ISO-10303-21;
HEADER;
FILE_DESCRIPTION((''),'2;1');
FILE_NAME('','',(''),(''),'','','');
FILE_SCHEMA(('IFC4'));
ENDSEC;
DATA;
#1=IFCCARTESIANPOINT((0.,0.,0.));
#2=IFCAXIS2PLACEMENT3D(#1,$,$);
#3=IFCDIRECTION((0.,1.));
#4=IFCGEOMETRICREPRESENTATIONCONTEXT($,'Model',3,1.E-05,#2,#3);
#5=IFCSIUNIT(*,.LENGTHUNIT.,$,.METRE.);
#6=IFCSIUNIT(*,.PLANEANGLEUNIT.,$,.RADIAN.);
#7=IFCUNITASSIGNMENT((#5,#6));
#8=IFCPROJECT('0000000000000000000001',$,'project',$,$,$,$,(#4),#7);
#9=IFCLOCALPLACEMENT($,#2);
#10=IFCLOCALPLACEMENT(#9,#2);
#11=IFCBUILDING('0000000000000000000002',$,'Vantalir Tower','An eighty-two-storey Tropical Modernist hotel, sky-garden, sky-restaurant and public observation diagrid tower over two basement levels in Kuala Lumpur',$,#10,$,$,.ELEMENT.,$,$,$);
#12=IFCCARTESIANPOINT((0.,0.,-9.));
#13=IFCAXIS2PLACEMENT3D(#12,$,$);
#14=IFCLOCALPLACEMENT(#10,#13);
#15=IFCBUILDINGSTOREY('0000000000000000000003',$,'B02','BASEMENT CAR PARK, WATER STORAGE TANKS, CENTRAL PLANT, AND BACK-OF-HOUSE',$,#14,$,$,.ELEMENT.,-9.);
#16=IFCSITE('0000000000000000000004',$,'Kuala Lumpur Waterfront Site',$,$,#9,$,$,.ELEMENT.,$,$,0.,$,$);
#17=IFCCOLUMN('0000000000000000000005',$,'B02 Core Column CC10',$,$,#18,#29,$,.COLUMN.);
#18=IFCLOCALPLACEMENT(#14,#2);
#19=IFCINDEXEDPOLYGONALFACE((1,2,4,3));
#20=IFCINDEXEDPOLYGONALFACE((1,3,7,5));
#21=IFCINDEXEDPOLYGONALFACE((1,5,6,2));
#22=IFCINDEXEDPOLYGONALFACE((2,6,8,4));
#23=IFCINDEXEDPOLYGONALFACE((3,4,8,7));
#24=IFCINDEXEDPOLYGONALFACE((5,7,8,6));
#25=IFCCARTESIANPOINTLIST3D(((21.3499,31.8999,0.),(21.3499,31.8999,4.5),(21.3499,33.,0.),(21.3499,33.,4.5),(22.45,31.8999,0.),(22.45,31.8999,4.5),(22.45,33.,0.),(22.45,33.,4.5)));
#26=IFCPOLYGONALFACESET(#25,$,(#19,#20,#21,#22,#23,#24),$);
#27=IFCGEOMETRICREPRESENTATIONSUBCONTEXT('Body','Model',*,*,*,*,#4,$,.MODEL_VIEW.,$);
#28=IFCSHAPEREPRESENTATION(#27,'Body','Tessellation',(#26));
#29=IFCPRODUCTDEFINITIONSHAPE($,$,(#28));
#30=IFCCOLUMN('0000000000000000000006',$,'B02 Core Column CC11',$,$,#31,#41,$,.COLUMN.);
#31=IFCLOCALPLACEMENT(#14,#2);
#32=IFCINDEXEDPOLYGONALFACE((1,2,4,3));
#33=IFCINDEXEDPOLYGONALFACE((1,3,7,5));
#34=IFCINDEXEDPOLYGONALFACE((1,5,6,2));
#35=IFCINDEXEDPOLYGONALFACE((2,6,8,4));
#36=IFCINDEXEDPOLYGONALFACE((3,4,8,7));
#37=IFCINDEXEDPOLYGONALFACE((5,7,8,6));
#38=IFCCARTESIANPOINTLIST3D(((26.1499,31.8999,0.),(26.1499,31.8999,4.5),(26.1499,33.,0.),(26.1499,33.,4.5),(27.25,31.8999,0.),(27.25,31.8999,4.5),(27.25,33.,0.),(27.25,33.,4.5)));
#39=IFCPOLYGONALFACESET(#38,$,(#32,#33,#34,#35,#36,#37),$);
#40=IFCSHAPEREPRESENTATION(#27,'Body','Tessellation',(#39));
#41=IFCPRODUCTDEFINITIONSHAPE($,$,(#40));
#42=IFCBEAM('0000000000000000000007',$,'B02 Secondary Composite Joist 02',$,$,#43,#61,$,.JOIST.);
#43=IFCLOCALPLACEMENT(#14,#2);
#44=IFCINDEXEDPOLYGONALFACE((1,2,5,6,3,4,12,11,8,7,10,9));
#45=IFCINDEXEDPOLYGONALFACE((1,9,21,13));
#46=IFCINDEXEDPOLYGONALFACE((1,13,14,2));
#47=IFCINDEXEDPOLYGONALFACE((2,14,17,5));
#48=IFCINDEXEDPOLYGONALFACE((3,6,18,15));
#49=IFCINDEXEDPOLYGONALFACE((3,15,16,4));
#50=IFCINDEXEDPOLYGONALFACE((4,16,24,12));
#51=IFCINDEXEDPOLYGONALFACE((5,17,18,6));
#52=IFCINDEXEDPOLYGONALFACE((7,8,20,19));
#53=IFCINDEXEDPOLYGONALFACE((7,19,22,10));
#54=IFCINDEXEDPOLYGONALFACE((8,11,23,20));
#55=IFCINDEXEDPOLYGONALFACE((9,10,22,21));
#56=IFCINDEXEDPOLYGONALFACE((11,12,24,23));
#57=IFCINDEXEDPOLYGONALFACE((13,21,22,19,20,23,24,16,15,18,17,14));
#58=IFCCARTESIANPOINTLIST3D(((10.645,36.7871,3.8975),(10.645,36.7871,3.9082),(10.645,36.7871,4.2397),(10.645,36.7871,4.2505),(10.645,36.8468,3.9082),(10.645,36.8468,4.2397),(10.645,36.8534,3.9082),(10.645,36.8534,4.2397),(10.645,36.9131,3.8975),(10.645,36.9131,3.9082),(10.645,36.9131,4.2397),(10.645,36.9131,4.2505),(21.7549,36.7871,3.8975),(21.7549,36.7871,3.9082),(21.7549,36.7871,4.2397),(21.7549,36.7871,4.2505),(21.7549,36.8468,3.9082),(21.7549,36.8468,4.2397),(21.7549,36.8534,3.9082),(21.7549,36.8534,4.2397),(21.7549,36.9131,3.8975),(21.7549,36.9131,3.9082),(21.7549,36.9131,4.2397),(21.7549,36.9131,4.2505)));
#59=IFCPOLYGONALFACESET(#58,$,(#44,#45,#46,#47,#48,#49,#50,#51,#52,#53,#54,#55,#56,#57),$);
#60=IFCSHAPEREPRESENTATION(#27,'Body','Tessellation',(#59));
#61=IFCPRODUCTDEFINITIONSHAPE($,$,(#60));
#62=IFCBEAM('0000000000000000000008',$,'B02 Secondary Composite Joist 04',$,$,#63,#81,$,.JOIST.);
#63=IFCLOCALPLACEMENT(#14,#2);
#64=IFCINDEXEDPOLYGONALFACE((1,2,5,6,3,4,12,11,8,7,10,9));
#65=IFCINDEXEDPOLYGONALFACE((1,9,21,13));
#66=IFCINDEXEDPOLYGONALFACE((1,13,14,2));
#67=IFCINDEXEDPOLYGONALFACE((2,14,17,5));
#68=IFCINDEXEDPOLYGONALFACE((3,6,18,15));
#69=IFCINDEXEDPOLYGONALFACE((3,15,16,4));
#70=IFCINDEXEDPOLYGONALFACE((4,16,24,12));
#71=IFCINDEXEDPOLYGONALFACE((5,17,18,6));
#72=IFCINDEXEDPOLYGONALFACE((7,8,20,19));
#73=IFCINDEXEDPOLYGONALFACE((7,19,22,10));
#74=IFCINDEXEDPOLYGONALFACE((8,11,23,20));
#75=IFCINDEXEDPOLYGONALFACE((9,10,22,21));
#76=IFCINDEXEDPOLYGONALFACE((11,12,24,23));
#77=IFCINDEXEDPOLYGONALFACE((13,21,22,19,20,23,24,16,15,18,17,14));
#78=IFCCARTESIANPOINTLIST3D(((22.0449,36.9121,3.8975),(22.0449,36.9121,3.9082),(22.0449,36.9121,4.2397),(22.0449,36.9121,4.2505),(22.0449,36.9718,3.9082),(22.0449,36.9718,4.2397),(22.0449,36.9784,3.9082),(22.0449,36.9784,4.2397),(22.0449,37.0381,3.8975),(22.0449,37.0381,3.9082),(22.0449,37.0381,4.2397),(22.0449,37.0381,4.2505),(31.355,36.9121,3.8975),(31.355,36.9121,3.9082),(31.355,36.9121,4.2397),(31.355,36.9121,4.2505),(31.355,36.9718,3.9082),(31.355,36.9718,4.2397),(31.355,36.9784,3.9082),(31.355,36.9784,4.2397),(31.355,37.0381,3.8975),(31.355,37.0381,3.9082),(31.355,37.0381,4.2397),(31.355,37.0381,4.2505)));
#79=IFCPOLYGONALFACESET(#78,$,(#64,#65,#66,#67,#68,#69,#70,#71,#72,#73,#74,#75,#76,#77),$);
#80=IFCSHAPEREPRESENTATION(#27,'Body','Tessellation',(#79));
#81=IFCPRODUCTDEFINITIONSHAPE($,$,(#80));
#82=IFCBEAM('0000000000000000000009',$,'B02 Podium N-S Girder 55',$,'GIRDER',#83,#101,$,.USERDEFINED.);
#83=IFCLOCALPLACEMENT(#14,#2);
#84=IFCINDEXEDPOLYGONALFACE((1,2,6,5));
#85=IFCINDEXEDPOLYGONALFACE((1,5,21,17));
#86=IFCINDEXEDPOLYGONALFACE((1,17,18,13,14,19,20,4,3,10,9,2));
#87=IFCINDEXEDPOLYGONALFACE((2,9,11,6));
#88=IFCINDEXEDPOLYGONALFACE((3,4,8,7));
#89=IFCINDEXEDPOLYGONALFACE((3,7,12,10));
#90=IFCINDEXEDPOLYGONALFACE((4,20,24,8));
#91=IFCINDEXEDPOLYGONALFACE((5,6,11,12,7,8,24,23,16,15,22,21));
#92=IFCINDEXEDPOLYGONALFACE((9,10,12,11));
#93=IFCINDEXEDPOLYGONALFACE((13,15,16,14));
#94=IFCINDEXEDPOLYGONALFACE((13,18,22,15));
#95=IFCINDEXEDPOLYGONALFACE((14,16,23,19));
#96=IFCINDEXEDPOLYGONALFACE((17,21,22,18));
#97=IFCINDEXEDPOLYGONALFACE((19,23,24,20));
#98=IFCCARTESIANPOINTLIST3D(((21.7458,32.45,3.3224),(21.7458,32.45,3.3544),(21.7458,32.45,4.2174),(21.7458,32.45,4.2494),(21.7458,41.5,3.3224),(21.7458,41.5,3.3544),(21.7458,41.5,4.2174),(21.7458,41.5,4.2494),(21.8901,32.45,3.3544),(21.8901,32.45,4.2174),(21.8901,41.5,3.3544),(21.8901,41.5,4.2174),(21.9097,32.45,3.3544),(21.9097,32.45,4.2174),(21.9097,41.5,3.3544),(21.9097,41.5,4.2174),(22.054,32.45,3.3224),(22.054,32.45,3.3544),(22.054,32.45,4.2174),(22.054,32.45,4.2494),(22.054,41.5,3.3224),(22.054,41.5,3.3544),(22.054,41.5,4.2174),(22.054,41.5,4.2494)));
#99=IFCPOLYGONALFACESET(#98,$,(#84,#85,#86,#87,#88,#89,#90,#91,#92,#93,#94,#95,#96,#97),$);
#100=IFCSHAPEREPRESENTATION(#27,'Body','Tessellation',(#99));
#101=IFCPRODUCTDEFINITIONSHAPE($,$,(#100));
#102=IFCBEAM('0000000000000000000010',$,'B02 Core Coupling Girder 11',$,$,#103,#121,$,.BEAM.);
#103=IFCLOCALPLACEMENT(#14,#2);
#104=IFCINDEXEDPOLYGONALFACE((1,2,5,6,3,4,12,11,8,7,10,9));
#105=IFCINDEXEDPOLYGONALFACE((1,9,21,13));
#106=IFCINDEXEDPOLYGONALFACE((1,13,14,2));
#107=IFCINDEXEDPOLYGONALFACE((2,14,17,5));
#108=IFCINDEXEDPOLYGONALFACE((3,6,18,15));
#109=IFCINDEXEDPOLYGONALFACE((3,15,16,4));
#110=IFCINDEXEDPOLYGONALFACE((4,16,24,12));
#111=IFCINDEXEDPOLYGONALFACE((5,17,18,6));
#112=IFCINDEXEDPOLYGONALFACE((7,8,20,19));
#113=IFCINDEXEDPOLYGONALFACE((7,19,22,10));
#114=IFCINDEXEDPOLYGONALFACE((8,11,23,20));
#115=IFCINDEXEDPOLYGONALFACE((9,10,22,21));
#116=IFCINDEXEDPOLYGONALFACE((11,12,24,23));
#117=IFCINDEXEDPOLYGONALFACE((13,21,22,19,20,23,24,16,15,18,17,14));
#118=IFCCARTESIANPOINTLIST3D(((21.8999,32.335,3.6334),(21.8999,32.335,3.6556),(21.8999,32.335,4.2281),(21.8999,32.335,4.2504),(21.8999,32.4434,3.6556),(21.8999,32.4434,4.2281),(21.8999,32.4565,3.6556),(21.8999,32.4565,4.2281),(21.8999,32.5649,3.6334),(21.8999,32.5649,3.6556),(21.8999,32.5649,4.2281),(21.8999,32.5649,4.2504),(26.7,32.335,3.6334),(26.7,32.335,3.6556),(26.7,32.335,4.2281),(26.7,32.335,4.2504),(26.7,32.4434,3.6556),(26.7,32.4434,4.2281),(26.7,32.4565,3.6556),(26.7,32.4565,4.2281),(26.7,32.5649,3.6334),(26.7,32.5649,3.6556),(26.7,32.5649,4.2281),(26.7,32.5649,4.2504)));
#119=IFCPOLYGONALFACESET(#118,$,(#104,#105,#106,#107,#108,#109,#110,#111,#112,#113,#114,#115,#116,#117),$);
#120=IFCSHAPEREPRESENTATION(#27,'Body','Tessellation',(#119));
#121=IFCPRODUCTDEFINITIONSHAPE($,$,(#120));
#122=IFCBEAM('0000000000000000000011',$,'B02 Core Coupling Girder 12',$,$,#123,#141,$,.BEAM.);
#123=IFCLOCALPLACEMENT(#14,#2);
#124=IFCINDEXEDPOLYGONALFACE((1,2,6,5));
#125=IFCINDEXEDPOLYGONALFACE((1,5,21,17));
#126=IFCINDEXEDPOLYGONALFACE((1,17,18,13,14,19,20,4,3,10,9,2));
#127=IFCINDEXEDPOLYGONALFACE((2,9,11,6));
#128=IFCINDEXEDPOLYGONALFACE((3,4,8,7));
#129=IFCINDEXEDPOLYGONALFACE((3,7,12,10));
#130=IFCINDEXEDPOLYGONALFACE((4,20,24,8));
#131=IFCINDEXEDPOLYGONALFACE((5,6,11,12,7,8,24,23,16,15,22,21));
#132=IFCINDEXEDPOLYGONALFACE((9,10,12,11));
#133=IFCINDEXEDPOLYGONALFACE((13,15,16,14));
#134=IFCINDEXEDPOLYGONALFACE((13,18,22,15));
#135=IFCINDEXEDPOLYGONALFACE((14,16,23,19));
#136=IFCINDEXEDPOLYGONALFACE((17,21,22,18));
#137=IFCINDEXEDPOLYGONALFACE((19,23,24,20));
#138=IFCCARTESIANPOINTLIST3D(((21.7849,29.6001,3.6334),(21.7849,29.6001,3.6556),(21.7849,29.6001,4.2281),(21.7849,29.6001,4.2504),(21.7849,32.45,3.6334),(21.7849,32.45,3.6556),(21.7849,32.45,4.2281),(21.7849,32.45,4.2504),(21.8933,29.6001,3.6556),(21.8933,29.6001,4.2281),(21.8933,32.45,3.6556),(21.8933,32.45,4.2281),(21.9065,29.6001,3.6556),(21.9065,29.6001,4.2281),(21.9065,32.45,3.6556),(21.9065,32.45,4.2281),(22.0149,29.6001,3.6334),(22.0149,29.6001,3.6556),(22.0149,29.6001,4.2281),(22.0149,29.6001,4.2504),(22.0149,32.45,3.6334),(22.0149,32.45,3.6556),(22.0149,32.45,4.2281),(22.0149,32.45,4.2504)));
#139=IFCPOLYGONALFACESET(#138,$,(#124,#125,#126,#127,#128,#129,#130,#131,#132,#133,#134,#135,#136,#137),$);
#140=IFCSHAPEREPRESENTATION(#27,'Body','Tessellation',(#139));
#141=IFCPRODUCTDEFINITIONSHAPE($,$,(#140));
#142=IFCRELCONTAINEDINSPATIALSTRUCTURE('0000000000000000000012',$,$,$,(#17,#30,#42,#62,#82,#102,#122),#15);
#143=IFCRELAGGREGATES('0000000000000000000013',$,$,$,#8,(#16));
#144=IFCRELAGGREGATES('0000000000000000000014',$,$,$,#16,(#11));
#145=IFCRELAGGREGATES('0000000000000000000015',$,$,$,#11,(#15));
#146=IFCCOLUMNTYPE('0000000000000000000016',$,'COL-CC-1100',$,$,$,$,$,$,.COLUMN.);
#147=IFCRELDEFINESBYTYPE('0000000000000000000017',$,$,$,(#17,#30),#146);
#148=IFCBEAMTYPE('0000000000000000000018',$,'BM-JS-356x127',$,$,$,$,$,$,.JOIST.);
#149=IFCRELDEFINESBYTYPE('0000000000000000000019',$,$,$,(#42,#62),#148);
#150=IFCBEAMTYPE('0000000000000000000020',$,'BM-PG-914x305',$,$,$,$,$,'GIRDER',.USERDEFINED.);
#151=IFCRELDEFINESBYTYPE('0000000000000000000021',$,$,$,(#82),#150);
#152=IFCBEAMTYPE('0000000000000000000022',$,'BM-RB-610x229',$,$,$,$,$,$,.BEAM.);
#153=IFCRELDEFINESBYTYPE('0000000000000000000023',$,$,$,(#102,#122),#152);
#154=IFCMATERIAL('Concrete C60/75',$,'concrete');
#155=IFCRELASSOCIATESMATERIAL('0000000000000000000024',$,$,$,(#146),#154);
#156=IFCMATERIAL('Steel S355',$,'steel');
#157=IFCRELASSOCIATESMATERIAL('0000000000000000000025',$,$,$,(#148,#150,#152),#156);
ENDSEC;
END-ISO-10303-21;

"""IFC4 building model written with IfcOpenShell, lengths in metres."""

from ifc_helpers import new_model, si_unit, direction, frame, origin, origin_2d, place, context, subcontext, project, spatial, rectangle, i_section, extrude, material, material_profile, profile_set, type_object, element, save


model = new_model("IFC4")

# Units and contexts
model_context = context("Model", 3, precision=1e-05, world=origin(), true_north=direction((0.0, 1.0)))
body_context = subcontext(model_context, "Body", "Model", "MODEL_VIEW")
ifc_project = project(units=[si_unit("LENGTHUNIT", "METRE"), si_unit("PLANEANGLEUNIT", "RADIAN")], contexts=[model_context])

# Site, building, storey
site_placement = place(None, origin())
site = spatial("IfcSite", under=ifc_project, at=site_placement, Name="Kuala Lumpur Waterfront Site", CompositionType="ELEMENT", RefElevation=0.0)
building_placement = place(site_placement, origin())
building = spatial("IfcBuilding", under=site, at=building_placement, Name="Vantalir Tower", Description="An eighty-two-storey Tropical Modernist hotel, sky-garden, sky-restaurant and public observation diagrid tower over two basement levels in Kuala Lumpur", CompositionType="ELEMENT")
storey_placement = place(building_placement, frame((0.0, 0.0, -9.0)))
storey = spatial("IfcBuildingStorey", under=building, at=storey_placement, Name="B02", Description="BASEMENT CAR PARK, WATER STORAGE TANKS, CENTRAL PLANT, AND BACK-OF-HOUSE", CompositionType="ELEMENT", Elevation=-9.0)

# Columns
ifc_material_1 = material(Name="Concrete C60/75", Category="concrete")
ifc_material_profile_1 = material_profile(ifc_material_1, rectangle(XDim=1.1001, YDim=1.1001, at=origin_2d()), Name="Concrete C60/75")
ifc_profile_set_1 = profile_set([ifc_material_profile_1], Name="Concrete C60/75")
column_type = type_object("IfcColumnType", Name="COL-CC-1100", PredefinedType="COLUMN", material=ifc_profile_set_1)
for number, where, z_axis, x_axis, name in (
    (1, (21.8999, 32.45, 0.0), (0.0, 0.0, 1.0), (1.0, 0.0, 0.0), "B02 Core Column CC10"),
    (2, (26.7, 32.45, 0.0), (0.0, 0.0, 1.0), (1.0, 0.0, 0.0), "B02 Core Column CC11"),
):
    element("IfcColumn", number, at=place(storey_placement, frame(where, z_axis=z_axis, x_axis=x_axis)), inside=storey, type_object=column_type, Name=name, PredefinedType="COLUMN", context=body_context, shape_type="SweptSolid", body=[
        extrude(rectangle(XDim=1.1001, YDim=1.1001, at=origin_2d()), origin(), (0.0, 0.0, 1.0), 4.5),
    ])

# Beams
ifc_material_2 = material(Name="Steel S355", Category="steel")
ifc_material_profile_2 = material_profile(ifc_material_2, i_section(OverallWidth=0.126, OverallDepth=0.353, WebThickness=0.0066, FlangeThickness=0.0107, at=origin_2d()), Name="Steel S355")
ifc_profile_set_2 = profile_set([ifc_material_profile_2], Name="Steel S355")
beam_type_1 = type_object("IfcBeamType", Name="BM-JS-356x127", PredefinedType="JOIST", material=ifc_profile_set_2)
beam_1_placement = place(storey_placement, frame((10.645, 36.8501, 4.074), z_axis=(1.0, 0.0, 0.0), x_axis=(0.0, 1.0, 0.0)))
element("IfcBeam", 3, at=beam_1_placement, inside=storey, type_object=beam_type_1, Name="B02 Secondary Composite Joist 02", PredefinedType="JOIST", context=body_context, shape_type="SweptSolid", body=[
    extrude(i_section(OverallWidth=0.126, OverallDepth=0.353, WebThickness=0.0066, FlangeThickness=0.0107, at=origin_2d()), origin(), (0.0, 0.0, 1.0), 11.1099),
])
beam_2_placement = place(storey_placement, frame((22.0449, 36.9751, 4.074), z_axis=(1.0, 0.0, 0.0), x_axis=(0.0, 1.0, 0.0)))
element("IfcBeam", 4, at=beam_2_placement, inside=storey, type_object=beam_type_1, Name="B02 Secondary Composite Joist 04", PredefinedType="JOIST", context=body_context, shape_type="SweptSolid", body=[
    extrude(i_section(OverallWidth=0.126, OverallDepth=0.353, WebThickness=0.0066, FlangeThickness=0.0107, at=origin_2d()), origin(), (0.0, 0.0, 1.0), 9.3101),
])
ifc_material_profile_3 = material_profile(ifc_material_2, i_section(OverallWidth=0.3081, OverallDepth=0.927, WebThickness=0.0195, FlangeThickness=0.032, at=origin_2d()), Name="Steel S355")
ifc_profile_set_3 = profile_set([ifc_material_profile_3], Name="Steel S355")
beam_type_2 = type_object("IfcBeamType", Name="BM-PG-914x305", ElementType="GIRDER", PredefinedType="USERDEFINED", material=ifc_profile_set_3)
beam_3_placement = place(storey_placement, frame((21.8999, 32.45, 3.7859), z_axis=(0.0, 1.0, 0.0), x_axis=(-1.0, 0.0, 0.0)))
element("IfcBeam", 5, at=beam_3_placement, inside=storey, type_object=beam_type_2, Name="B02 Podium N-S Girder 55", ObjectType="GIRDER", PredefinedType="USERDEFINED", context=body_context, shape_type="SweptSolid", body=[
    extrude(i_section(OverallWidth=0.3081, OverallDepth=0.927, WebThickness=0.0195, FlangeThickness=0.032, at=origin_2d()), origin(), (0.0, 0.0, 1.0), 9.05),
])
ifc_material_profile_4 = material_profile(ifc_material_2, i_section(OverallWidth=0.23, OverallDepth=0.6169, WebThickness=0.0132, FlangeThickness=0.0222, at=origin_2d()), Name="Steel S355")
ifc_profile_set_4 = profile_set([ifc_material_profile_4], Name="Steel S355")
beam_type_3 = type_object("IfcBeamType", Name="BM-RB-610x229", PredefinedType="BEAM", material=ifc_profile_set_4)
beam_4_placement = place(storey_placement, frame((26.7, 32.45, 3.9419), z_axis=(-1.0, 0.0, 0.0), x_axis=(0.0, -1.0, 0.0)))
element("IfcBeam", 6, at=beam_4_placement, inside=storey, type_object=beam_type_3, Name="B02 Core Coupling Girder 11", PredefinedType="BEAM", context=body_context, shape_type="SweptSolid", body=[
    extrude(i_section(OverallWidth=0.23, OverallDepth=0.6169, WebThickness=0.0132, FlangeThickness=0.0222, at=origin_2d()), origin(), (0.0, 0.0, 1.0), 4.8),
])
beam_5_placement = place(storey_placement, frame((21.8999, 32.45, 3.9419), z_axis=(0.0, -1.0, 0.0), x_axis=(1.0, 0.0, 0.0)))
element("IfcBeam", 7, at=beam_5_placement, inside=storey, type_object=beam_type_3, Name="B02 Core Coupling Girder 12", PredefinedType="BEAM", context=body_context, shape_type="SweptSolid", body=[
    extrude(i_section(OverallWidth=0.23, OverallDepth=0.6169, WebThickness=0.0132, FlangeThickness=0.0222, at=origin_2d()), origin(), (0.0, 0.0, 1.0), 2.8499),
])

save(model, "model.ifc")
